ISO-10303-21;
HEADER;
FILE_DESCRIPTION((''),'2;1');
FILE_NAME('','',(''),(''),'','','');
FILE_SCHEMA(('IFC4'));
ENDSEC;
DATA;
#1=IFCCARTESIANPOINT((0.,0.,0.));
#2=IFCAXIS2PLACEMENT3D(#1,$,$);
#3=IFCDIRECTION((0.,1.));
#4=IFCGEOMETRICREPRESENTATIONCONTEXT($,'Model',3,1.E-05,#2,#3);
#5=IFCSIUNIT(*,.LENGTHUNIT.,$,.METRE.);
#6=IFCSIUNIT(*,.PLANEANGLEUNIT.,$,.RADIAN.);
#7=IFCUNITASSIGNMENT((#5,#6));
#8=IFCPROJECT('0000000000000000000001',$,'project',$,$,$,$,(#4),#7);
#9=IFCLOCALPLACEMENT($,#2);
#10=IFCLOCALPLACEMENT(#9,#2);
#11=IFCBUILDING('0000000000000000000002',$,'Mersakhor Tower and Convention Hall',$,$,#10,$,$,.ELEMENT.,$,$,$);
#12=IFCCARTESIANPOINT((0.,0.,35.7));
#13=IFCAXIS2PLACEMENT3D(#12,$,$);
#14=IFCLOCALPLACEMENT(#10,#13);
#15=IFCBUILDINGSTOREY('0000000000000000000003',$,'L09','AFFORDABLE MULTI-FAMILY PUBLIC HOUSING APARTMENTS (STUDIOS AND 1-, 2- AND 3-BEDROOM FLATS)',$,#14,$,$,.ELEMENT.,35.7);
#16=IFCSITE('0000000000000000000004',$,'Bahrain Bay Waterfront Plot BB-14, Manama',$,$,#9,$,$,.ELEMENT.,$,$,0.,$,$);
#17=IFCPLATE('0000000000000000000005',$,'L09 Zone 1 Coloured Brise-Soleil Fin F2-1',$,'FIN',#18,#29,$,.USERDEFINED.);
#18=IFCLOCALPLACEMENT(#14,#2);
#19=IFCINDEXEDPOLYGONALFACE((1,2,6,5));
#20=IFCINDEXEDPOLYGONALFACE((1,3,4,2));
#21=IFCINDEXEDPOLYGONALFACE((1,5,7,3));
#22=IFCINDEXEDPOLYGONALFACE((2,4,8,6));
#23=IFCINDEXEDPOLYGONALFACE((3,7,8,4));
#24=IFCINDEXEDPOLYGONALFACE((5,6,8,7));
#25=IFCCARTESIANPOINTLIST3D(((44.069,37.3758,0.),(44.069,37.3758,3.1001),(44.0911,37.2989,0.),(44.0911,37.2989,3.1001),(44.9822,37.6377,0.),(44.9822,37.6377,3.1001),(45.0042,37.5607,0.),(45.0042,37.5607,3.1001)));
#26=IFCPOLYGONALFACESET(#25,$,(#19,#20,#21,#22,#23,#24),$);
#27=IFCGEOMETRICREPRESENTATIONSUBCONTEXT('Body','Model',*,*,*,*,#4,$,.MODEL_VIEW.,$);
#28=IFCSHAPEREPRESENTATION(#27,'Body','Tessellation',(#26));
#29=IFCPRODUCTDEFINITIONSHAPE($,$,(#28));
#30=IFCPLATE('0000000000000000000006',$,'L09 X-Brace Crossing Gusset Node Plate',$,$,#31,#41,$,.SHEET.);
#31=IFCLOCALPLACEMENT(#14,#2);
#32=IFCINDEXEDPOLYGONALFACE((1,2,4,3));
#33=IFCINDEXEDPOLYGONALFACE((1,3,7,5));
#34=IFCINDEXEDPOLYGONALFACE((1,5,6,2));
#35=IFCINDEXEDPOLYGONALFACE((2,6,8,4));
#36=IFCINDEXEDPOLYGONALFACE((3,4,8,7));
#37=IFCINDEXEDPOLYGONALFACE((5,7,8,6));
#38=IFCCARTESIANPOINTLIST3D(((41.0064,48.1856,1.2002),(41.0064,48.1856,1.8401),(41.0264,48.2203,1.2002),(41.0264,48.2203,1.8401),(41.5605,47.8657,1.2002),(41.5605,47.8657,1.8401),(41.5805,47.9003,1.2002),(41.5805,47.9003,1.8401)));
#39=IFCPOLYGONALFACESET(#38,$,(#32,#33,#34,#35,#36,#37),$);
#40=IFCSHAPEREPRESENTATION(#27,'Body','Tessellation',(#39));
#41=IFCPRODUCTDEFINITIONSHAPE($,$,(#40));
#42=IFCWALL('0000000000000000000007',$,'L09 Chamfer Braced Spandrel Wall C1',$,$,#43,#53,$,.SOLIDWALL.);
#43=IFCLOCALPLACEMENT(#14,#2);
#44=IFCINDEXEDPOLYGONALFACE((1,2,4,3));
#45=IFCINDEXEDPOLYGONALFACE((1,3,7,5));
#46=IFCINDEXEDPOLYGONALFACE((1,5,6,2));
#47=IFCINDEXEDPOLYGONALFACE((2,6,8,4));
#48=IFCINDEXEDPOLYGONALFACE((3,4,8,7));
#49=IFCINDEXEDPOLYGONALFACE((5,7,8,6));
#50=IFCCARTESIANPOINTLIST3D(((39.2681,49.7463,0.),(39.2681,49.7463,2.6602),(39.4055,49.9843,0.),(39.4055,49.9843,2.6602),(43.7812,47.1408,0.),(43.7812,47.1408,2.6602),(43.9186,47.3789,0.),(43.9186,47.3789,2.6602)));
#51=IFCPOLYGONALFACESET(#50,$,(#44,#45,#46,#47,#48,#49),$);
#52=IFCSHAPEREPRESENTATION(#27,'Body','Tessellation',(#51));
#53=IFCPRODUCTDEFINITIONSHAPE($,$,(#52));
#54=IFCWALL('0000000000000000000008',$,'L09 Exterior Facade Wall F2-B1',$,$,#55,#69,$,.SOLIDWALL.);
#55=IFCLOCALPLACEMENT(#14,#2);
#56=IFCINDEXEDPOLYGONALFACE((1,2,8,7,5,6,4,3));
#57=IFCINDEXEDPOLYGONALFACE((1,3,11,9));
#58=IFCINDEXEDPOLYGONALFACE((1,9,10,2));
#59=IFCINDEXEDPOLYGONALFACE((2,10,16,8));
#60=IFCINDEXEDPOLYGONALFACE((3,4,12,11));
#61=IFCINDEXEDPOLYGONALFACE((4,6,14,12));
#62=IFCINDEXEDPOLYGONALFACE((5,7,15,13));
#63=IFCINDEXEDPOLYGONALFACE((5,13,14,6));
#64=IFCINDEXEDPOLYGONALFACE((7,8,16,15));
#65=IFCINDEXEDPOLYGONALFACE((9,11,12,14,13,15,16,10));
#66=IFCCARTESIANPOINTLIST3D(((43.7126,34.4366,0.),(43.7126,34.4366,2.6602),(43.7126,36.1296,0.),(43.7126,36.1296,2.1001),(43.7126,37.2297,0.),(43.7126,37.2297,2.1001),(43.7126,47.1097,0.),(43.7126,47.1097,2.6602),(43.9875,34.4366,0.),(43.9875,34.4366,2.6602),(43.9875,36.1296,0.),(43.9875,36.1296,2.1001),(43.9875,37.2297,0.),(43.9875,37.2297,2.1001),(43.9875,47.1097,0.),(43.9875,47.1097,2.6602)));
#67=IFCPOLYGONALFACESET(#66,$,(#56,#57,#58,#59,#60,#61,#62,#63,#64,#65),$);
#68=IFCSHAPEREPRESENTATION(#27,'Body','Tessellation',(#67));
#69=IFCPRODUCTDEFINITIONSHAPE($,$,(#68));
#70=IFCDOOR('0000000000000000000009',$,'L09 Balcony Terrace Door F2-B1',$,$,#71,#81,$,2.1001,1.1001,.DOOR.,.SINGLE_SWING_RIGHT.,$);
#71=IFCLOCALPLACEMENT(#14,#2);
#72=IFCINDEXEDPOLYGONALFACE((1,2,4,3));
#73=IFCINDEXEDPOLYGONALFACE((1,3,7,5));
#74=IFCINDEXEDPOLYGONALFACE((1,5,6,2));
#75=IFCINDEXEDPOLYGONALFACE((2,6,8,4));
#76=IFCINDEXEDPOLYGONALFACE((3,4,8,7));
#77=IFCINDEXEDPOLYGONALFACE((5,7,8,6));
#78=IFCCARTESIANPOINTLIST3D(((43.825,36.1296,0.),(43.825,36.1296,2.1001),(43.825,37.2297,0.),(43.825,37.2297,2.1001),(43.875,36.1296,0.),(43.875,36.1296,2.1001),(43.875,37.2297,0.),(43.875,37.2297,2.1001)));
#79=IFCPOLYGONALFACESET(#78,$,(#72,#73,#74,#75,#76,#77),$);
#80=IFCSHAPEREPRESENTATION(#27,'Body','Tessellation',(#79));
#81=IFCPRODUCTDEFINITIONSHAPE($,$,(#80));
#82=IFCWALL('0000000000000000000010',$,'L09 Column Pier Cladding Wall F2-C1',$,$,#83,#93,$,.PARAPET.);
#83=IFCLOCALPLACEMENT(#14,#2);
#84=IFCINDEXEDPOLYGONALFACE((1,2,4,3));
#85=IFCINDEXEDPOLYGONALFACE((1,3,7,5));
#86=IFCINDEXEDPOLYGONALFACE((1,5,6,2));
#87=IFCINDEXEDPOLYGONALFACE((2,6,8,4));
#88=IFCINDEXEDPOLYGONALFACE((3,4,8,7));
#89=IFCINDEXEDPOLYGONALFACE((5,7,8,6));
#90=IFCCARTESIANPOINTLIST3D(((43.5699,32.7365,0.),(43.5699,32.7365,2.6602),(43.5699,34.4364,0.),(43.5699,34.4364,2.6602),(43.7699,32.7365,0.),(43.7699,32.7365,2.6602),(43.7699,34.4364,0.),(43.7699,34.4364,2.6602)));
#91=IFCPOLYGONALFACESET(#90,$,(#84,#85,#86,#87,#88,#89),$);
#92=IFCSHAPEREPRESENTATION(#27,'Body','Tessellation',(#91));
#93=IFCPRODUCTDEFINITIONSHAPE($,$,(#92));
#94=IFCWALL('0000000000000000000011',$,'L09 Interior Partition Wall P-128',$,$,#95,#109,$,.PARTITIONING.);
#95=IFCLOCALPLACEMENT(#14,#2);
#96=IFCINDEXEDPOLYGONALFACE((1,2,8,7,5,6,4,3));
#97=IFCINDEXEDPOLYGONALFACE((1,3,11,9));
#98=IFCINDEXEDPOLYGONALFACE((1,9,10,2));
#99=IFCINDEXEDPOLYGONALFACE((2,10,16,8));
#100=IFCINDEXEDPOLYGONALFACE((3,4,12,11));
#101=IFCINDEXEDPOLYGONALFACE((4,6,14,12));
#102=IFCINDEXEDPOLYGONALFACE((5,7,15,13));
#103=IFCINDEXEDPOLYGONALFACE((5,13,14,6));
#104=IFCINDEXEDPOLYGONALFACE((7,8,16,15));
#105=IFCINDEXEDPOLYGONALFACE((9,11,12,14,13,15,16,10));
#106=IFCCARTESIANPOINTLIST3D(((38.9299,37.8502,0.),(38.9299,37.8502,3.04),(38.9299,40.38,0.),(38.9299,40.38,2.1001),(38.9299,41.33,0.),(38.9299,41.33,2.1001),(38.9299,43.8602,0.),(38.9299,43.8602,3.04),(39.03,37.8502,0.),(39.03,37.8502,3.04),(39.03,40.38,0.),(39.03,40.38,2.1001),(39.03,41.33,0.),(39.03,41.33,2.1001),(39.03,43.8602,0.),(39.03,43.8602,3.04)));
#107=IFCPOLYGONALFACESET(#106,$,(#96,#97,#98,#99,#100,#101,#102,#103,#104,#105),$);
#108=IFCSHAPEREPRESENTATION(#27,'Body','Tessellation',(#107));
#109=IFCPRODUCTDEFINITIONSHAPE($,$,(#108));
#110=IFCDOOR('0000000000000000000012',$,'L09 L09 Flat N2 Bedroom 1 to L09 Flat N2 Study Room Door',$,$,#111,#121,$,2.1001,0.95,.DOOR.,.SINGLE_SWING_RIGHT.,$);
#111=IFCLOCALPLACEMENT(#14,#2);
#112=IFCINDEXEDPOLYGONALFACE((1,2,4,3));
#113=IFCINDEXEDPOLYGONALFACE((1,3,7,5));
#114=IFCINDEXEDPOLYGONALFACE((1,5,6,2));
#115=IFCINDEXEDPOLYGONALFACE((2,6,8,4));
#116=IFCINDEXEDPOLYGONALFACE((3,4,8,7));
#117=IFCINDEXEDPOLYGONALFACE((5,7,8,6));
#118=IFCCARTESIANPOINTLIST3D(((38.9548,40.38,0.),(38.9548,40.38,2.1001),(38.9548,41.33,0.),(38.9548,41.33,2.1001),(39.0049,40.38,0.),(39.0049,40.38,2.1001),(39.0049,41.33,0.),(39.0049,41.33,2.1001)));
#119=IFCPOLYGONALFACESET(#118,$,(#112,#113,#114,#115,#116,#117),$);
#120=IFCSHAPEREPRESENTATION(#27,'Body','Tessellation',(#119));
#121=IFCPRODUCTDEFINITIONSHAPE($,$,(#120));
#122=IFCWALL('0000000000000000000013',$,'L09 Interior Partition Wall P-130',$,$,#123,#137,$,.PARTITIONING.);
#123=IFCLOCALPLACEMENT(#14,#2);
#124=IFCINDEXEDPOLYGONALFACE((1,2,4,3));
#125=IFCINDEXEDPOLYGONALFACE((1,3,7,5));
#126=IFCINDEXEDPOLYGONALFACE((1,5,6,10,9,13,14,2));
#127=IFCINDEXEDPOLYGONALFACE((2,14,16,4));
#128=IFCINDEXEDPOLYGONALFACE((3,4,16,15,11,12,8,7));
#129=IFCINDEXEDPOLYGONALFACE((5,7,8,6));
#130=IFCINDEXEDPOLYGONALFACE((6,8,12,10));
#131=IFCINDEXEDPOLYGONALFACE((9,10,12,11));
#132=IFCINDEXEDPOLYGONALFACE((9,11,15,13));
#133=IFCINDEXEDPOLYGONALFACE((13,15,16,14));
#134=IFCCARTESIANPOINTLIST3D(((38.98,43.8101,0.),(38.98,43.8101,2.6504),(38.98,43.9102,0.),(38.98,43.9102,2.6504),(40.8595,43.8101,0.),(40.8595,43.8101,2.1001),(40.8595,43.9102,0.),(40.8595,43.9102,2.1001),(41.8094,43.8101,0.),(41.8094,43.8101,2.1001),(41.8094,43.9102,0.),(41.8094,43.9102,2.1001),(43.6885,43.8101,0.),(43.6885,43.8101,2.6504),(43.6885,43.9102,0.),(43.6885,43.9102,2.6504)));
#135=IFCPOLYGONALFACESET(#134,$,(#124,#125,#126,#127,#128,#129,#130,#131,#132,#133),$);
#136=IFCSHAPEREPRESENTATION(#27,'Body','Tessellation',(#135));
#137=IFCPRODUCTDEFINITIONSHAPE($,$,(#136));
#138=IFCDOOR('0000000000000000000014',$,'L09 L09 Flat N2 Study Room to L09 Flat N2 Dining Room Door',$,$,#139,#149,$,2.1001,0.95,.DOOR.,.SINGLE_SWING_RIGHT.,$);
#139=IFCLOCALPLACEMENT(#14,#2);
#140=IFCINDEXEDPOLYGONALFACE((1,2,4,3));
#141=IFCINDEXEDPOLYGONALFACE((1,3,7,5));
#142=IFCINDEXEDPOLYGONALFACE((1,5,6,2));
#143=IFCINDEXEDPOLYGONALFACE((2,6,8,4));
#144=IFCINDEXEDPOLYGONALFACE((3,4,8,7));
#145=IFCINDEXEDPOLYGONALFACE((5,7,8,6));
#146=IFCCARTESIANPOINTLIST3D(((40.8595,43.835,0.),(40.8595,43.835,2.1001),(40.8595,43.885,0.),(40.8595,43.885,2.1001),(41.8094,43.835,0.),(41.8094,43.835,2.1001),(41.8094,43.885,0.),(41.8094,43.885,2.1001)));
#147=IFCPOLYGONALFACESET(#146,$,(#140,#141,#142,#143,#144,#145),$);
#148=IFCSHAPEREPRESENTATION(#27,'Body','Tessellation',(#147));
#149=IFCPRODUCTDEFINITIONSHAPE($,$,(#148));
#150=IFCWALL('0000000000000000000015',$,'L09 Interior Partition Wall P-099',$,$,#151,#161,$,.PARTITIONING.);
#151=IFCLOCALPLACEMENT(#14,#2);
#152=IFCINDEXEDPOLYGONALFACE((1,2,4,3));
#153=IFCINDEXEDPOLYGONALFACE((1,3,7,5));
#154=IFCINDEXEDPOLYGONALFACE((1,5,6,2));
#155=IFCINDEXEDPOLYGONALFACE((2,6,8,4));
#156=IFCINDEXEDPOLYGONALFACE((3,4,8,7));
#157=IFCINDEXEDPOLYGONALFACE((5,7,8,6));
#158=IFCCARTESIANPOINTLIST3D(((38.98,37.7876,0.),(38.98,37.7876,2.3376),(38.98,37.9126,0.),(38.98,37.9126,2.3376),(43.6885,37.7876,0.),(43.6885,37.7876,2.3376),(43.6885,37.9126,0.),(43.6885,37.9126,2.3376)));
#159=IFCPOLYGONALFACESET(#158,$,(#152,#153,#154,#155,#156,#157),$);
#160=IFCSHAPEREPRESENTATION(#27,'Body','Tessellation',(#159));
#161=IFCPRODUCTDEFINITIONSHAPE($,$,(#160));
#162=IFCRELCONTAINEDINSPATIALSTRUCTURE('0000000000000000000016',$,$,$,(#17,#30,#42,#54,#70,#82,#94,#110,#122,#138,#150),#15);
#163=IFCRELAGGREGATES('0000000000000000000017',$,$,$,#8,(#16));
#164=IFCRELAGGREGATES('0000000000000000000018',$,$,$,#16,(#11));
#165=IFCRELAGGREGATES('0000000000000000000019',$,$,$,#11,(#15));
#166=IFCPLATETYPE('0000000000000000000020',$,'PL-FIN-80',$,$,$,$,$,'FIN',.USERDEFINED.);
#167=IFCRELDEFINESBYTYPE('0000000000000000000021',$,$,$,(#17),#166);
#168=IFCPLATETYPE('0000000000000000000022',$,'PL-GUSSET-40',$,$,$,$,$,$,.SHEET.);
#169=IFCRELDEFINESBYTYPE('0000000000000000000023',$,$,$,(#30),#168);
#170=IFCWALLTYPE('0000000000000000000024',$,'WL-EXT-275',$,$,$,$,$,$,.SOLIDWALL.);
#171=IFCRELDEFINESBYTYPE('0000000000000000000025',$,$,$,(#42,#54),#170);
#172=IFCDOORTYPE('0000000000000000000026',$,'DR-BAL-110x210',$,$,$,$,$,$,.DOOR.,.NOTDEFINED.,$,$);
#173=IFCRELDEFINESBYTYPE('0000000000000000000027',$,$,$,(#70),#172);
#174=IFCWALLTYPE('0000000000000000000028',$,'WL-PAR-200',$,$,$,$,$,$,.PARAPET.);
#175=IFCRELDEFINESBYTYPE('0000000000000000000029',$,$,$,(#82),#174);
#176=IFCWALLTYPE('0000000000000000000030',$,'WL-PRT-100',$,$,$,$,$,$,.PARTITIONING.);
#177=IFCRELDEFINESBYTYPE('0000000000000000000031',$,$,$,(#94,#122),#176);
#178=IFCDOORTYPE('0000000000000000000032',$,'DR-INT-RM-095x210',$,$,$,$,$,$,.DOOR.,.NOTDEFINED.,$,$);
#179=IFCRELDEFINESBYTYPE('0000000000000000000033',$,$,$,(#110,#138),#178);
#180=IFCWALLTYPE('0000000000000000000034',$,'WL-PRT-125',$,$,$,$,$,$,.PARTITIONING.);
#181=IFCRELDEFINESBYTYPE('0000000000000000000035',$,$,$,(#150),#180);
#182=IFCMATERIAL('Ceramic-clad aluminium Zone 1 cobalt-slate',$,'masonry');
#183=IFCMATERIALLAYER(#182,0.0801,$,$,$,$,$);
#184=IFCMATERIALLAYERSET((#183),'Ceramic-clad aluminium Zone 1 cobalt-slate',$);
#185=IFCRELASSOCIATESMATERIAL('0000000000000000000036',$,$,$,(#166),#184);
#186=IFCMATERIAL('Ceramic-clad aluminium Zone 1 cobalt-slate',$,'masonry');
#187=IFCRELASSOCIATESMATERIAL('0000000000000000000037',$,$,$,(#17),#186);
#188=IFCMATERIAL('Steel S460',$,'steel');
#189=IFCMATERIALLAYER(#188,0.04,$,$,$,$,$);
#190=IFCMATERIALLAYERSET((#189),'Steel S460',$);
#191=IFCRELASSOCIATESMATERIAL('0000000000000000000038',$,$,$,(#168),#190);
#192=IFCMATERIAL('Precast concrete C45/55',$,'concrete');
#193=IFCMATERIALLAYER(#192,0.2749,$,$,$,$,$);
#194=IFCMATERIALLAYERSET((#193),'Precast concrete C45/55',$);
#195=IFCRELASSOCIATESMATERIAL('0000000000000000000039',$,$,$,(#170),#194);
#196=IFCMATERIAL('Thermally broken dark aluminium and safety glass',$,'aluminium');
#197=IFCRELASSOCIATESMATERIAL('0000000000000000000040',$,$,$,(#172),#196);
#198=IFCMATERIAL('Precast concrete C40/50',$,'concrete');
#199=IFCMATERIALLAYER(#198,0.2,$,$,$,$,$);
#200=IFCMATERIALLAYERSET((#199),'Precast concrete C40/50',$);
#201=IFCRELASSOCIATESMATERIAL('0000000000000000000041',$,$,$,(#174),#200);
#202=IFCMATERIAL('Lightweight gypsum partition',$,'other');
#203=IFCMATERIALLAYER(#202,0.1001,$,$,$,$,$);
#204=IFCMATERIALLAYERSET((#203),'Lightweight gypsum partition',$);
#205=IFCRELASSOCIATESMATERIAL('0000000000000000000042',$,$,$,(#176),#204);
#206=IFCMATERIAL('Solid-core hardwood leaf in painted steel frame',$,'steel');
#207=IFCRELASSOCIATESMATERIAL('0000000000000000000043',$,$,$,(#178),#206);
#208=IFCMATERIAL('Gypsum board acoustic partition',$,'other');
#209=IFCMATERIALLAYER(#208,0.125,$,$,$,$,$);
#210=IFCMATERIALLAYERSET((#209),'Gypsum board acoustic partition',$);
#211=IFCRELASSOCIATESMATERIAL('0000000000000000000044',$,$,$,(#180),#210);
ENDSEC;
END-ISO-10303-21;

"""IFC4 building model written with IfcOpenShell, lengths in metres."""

from ifc_helpers import new_model, si_unit, direction, frame, frame_2d, origin, origin_2d, place, context, subcontext, project, spatial, rectangle, extrude, material, layer, layer_set, type_object, element, fill, save


model = new_model("IFC4")

# Units and contexts
model_context = context("Model", 3, precision=1e-05, world=origin(), true_north=direction((0.0, 1.0)))
body_context = subcontext(model_context, "Body", "Model", "MODEL_VIEW")
ifc_project = project(units=[si_unit("LENGTHUNIT", "METRE"), si_unit("PLANEANGLEUNIT", "RADIAN")], contexts=[model_context])

# Site, building, storey
site_placement = place(None, origin())
site = spatial("IfcSite", under=ifc_project, at=site_placement, Name="Bahrain Bay Waterfront Plot BB-14, Manama", CompositionType="ELEMENT", RefElevation=0.0)
building_placement = place(site_placement, origin())
building = spatial("IfcBuilding", under=site, at=building_placement, Name="Mersakhor Tower and Convention Hall", CompositionType="ELEMENT")
storey_placement = place(building_placement, frame((0.0, 0.0, 35.7)))
storey = spatial("IfcBuildingStorey", under=building, at=storey_placement, Name="L09", Description="AFFORDABLE MULTI-FAMILY PUBLIC HOUSING APARTMENTS (STUDIOS AND 1-, 2- AND 3-BEDROOM FLATS)", CompositionType="ELEMENT", Elevation=35.7)

# Plates
ifc_material_1 = material(Name="Ceramic-clad aluminium Zone 1 cobalt-slate", Category="masonry")
ifc_material_2 = material(Name="Ceramic-clad aluminium Zone 1 cobalt-slate", Category="masonry")
ifc_layer_1 = layer(ifc_material_2, 0.0801)
ifc_layer_set_1 = layer_set([ifc_layer_1], Name="Ceramic-clad aluminium Zone 1 cobalt-slate")
plate_type_1 = type_object("IfcPlateType", Name="PL-FIN-80", ElementType="FIN", PredefinedType="USERDEFINED", material=ifc_layer_set_1)
plate_1_placement = place(storey_placement, frame((44.5366, 37.4683, 0.0), z_axis=(0.0, 0.0, 1.0), x_axis=(0.961262, 0.275637, 0.0)))
element("IfcPlate", 1, at=plate_1_placement, inside=storey, type_object=plate_type_1, material=ifc_material_1, Name="L09 Zone 1 Coloured Brise-Soleil Fin F2-1", ObjectType="FIN", PredefinedType="USERDEFINED", context=body_context, shape_type="SweptSolid", body=[
    extrude(rectangle(XDim=0.95, YDim=0.0801, at=origin_2d()), origin(), (0.0, 0.0, 1.0), 3.1001),
])
ifc_material_3 = material(Name="Steel S460", Category="steel")
ifc_layer_2 = layer(ifc_material_3, 0.04)
ifc_layer_set_2 = layer_set([ifc_layer_2], Name="Steel S460")
plate_type_2 = type_object("IfcPlateType", Name="PL-GUSSET-40", PredefinedType="SHEET", material=ifc_layer_set_2)
plate_2_placement = place(storey_placement, frame((41.2935, 48.043, 1.2002), z_axis=(0.0, 0.0, 1.0), x_axis=(-0.866025, 0.5, 0.0)))
element("IfcPlate", 2, at=plate_2_placement, inside=storey, type_object=plate_type_2, Name="L09 X-Brace Crossing Gusset Node Plate", PredefinedType="SHEET", context=body_context, shape_type="SweptSolid", body=[
    extrude(rectangle(XDim=0.6399, YDim=0.04, at=origin_2d()), origin(), (0.0, 0.0, 1.0), 0.6399),
])

# Wall
ifc_material_4 = material(Name="Precast concrete C45/55", Category="concrete")
ifc_layer_3 = layer(ifc_material_4, 0.2749)
ifc_layer_set_3 = layer_set([ifc_layer_3], Name="Precast concrete C45/55")
wall_type_1 = type_object("IfcWallType", Name="WL-EXT-275", PredefinedType="SOLIDWALL", material=ifc_layer_set_3)
wall_1_placement = place(storey_placement, frame((39.3369, 49.8652, 0.0), z_axis=(0.0, 0.0, 1.0), x_axis=(0.866044, -0.499968, 0.0)))
element("IfcWall", 3, at=wall_1_placement, inside=storey, type_object=wall_type_1, Name="L09 Chamfer Braced Spandrel Wall C1", PredefinedType="SOLIDWALL", context=body_context, shape_type="SweptSolid", body=[
    extrude(rectangle(XDim=5.2112, YDim=0.2749, at=frame_2d((2.6055, 0.0))), origin(), (0.0, 0.0, 1.0), 2.6602),
])

# Wall, opening, door
wall_2_placement = place(storey_placement, frame((43.8501, 47.1096, 0.0), z_axis=(0.0, 0.0, 1.0), x_axis=(0.0, -1.0, 0.0)))
wall_2 = element("IfcWall", 4, at=wall_2_placement, inside=storey, type_object=wall_type_1, Name="L09 Exterior Facade Wall F2-B1", PredefinedType="SOLIDWALL", context=body_context, shape_type="SweptSolid", body=[
    extrude(rectangle(XDim=12.6731, YDim=0.2749, at=frame_2d((6.3364, 0.0))), origin(), (0.0, 0.0, 1.0), 2.6602),
])
opening_1_placement = place(wall_2_placement, frame((9.8799, 0.0, 0.0)))
opening_1 = element("IfcOpeningElement", 5, at=opening_1_placement, cuts=wall_2, PredefinedType="OPENING", context=body_context, shape_type="SweptSolid", body=[
    extrude(rectangle(XDim=1.1001, YDim=2.1001, at=frame_2d((0.55, 1.05))), frame((0.0, 0.1475, 0.0), z_axis=(0.0, -1.0, 0.0), x_axis=(1.0, 0.0, 0.0)), (0.0, 0.0, 1.0), 0.2949),
])
ifc_material_5 = material(Name="Thermally broken dark aluminium and safety glass", Category="aluminium")
door_type_1 = type_object("IfcDoorType", Name="DR-BAL-110x210", OperationType="NOTDEFINED", PredefinedType="DOOR", material=ifc_material_5)
door_1_placement = place(opening_1_placement, origin())
door_1 = element("IfcDoor", 6, at=door_1_placement, inside=storey, type_object=door_type_1, Name="L09 Balcony Terrace Door F2-B1", OperationType="SINGLE_SWING_RIGHT", OverallHeight=2.1001, OverallWidth=1.1001, PredefinedType="DOOR", context=body_context, shape_type="SweptSolid", body=[
    extrude(rectangle(XDim=1.1001, YDim=2.1001, at=frame_2d((0.55, 1.05))), frame((0.0, 0.0249, 0.0), z_axis=(0.0, -1.0, 0.0), x_axis=(1.0, 0.0, 0.0)), (0.0, 0.0, 1.0), 0.05),
])
fill(opening_1, door_1)

# Wall
ifc_material_6 = material(Name="Precast concrete C40/50", Category="concrete")
ifc_layer_4 = layer(ifc_material_6, 0.2)
ifc_layer_set_4 = layer_set([ifc_layer_4], Name="Precast concrete C40/50")
wall_type_2 = type_object("IfcWallType", Name="WL-PAR-200", PredefinedType="PARAPET", material=ifc_layer_set_4)
wall_3_placement = place(storey_placement, frame((43.6699, 34.4365, 0.0), z_axis=(0.0, 0.0, 1.0), x_axis=(0.0, -1.0, 0.0)))
element("IfcWall", 7, at=wall_3_placement, inside=storey, type_object=wall_type_2, Name="L09 Column Pier Cladding Wall F2-C1", PredefinedType="PARAPET", context=body_context, shape_type="SweptSolid", body=[
    extrude(rectangle(XDim=1.7, YDim=0.2, at=frame_2d((0.8501, 0.0))), origin(), (0.0, 0.0, 1.0), 2.6602),
])

# Walls, openings, doors
ifc_material_7 = material(Name="Lightweight gypsum partition", Category="other")
ifc_layer_5 = layer(ifc_material_7, 0.1001)
ifc_layer_set_5 = layer_set([ifc_layer_5], Name="Lightweight gypsum partition")
wall_type_3 = type_object("IfcWallType", Name="WL-PRT-100", PredefinedType="PARTITIONING", material=ifc_layer_set_5)
wall_4_placement = place(storey_placement, frame((38.98, 43.8601, 0.0), z_axis=(0.0, 0.0, 1.0), x_axis=(0.0, -1.0, 0.0)))
wall_4 = element("IfcWall", 8, at=wall_4_placement, inside=storey, type_object=wall_type_3, Name="L09 Interior Partition Wall P-128", PredefinedType="PARTITIONING", context=body_context, shape_type="SweptSolid", body=[
    extrude(rectangle(XDim=6.01, YDim=0.1001, at=frame_2d((3.0049, 0.0))), origin(), (0.0, 0.0, 1.0), 3.04),
])
opening_2_placement = place(wall_4_placement, frame((2.53, 0.0, 0.0)))
opening_2 = element("IfcOpeningElement", 9, at=opening_2_placement, cuts=wall_4, PredefinedType="OPENING", context=body_context, shape_type="SweptSolid", body=[
    extrude(rectangle(XDim=0.95, YDim=2.1001, at=frame_2d((0.4751, 1.05))), frame((0.0, 0.0601, 0.0), z_axis=(0.0, -1.0, 0.0), x_axis=(1.0, 0.0, 0.0)), (0.0, 0.0, 1.0), 0.1201),
])
ifc_material_8 = material(Name="Solid-core hardwood leaf in painted steel frame", Category="steel")
door_type_2 = type_object("IfcDoorType", Name="DR-INT-RM-095x210", OperationType="NOTDEFINED", PredefinedType="DOOR", material=ifc_material_8)
door_2_placement = place(opening_2_placement, origin())
door_2 = element("IfcDoor", 10, at=door_2_placement, inside=storey, type_object=door_type_2, Name="L09 L09 Flat N2 Bedroom 1 to L09 Flat N2 Study Room Door", OperationType="SINGLE_SWING_RIGHT", OverallHeight=2.1001, OverallWidth=0.95, PredefinedType="DOOR", context=body_context, shape_type="SweptSolid", body=[
    extrude(rectangle(XDim=0.95, YDim=2.1001, at=frame_2d((0.4751, 1.05))), frame((0.0, 0.0249, 0.0), z_axis=(0.0, -1.0, 0.0), x_axis=(1.0, 0.0, 0.0)), (0.0, 0.0, 1.0), 0.05),
])
fill(opening_2, door_2)
wall_5_placement = place(storey_placement, frame((38.98, 43.8601, 0.0), z_axis=(0.0, 0.0, 1.0), x_axis=(1.0, 0.0, 0.0)))
wall_5 = element("IfcWall", 11, at=wall_5_placement, inside=storey, type_object=wall_type_3, Name="L09 Interior Partition Wall P-130", PredefinedType="PARTITIONING", context=body_context, shape_type="SweptSolid", body=[
    extrude(rectangle(XDim=4.7085, YDim=0.1001, at=frame_2d((2.3542, 0.0))), origin(), (0.0, 0.0, 1.0), 2.6504),
])
opening_3_placement = place(wall_5_placement, frame((1.8794, 0.0, 0.0)))
opening_3 = element("IfcOpeningElement", 12, at=opening_3_placement, cuts=wall_5, PredefinedType="OPENING", context=body_context, shape_type="SweptSolid", body=[
    extrude(rectangle(XDim=0.95, YDim=2.1001, at=frame_2d((0.4751, 1.05))), frame((0.0, 0.0601, 0.0), z_axis=(0.0, -1.0, 0.0), x_axis=(1.0, 0.0, 0.0)), (0.0, 0.0, 1.0), 0.1201),
])
door_3_placement = place(opening_3_placement, origin())
door_3 = element("IfcDoor", 13, at=door_3_placement, inside=storey, type_object=door_type_2, Name="L09 L09 Flat N2 Study Room to L09 Flat N2 Dining Room Door", OperationType="SINGLE_SWING_RIGHT", OverallHeight=2.1001, OverallWidth=0.95, PredefinedType="DOOR", context=body_context, shape_type="SweptSolid", body=[
    extrude(rectangle(XDim=0.95, YDim=2.1001, at=frame_2d((0.4751, 1.05))), frame((0.0, 0.0249, 0.0), z_axis=(0.0, -1.0, 0.0), x_axis=(1.0, 0.0, 0.0)), (0.0, 0.0, 1.0), 0.05),
])
fill(opening_3, door_3)

# Wall
ifc_material_9 = material(Name="Gypsum board acoustic partition", Category="other")
ifc_layer_6 = layer(ifc_material_9, 0.125)
ifc_layer_set_6 = layer_set([ifc_layer_6], Name="Gypsum board acoustic partition")
wall_type_4 = type_object("IfcWallType", Name="WL-PRT-125", PredefinedType="PARTITIONING", material=ifc_layer_set_6)
wall_6_placement = place(storey_placement, frame((38.98, 37.8501, 0.0), z_axis=(0.0, 0.0, 1.0), x_axis=(1.0, 0.0, 0.0)))
element("IfcWall", 14, at=wall_6_placement, inside=storey, type_object=wall_type_4, Name="L09 Interior Partition Wall P-099", PredefinedType="PARTITIONING", context=body_context, shape_type="SweptSolid", body=[
    extrude(rectangle(XDim=4.7085, YDim=0.125, at=frame_2d((2.3542, 0.0))), origin(), (0.0, 0.0, 1.0), 2.3376),
])

save(model, "model.ifc")
